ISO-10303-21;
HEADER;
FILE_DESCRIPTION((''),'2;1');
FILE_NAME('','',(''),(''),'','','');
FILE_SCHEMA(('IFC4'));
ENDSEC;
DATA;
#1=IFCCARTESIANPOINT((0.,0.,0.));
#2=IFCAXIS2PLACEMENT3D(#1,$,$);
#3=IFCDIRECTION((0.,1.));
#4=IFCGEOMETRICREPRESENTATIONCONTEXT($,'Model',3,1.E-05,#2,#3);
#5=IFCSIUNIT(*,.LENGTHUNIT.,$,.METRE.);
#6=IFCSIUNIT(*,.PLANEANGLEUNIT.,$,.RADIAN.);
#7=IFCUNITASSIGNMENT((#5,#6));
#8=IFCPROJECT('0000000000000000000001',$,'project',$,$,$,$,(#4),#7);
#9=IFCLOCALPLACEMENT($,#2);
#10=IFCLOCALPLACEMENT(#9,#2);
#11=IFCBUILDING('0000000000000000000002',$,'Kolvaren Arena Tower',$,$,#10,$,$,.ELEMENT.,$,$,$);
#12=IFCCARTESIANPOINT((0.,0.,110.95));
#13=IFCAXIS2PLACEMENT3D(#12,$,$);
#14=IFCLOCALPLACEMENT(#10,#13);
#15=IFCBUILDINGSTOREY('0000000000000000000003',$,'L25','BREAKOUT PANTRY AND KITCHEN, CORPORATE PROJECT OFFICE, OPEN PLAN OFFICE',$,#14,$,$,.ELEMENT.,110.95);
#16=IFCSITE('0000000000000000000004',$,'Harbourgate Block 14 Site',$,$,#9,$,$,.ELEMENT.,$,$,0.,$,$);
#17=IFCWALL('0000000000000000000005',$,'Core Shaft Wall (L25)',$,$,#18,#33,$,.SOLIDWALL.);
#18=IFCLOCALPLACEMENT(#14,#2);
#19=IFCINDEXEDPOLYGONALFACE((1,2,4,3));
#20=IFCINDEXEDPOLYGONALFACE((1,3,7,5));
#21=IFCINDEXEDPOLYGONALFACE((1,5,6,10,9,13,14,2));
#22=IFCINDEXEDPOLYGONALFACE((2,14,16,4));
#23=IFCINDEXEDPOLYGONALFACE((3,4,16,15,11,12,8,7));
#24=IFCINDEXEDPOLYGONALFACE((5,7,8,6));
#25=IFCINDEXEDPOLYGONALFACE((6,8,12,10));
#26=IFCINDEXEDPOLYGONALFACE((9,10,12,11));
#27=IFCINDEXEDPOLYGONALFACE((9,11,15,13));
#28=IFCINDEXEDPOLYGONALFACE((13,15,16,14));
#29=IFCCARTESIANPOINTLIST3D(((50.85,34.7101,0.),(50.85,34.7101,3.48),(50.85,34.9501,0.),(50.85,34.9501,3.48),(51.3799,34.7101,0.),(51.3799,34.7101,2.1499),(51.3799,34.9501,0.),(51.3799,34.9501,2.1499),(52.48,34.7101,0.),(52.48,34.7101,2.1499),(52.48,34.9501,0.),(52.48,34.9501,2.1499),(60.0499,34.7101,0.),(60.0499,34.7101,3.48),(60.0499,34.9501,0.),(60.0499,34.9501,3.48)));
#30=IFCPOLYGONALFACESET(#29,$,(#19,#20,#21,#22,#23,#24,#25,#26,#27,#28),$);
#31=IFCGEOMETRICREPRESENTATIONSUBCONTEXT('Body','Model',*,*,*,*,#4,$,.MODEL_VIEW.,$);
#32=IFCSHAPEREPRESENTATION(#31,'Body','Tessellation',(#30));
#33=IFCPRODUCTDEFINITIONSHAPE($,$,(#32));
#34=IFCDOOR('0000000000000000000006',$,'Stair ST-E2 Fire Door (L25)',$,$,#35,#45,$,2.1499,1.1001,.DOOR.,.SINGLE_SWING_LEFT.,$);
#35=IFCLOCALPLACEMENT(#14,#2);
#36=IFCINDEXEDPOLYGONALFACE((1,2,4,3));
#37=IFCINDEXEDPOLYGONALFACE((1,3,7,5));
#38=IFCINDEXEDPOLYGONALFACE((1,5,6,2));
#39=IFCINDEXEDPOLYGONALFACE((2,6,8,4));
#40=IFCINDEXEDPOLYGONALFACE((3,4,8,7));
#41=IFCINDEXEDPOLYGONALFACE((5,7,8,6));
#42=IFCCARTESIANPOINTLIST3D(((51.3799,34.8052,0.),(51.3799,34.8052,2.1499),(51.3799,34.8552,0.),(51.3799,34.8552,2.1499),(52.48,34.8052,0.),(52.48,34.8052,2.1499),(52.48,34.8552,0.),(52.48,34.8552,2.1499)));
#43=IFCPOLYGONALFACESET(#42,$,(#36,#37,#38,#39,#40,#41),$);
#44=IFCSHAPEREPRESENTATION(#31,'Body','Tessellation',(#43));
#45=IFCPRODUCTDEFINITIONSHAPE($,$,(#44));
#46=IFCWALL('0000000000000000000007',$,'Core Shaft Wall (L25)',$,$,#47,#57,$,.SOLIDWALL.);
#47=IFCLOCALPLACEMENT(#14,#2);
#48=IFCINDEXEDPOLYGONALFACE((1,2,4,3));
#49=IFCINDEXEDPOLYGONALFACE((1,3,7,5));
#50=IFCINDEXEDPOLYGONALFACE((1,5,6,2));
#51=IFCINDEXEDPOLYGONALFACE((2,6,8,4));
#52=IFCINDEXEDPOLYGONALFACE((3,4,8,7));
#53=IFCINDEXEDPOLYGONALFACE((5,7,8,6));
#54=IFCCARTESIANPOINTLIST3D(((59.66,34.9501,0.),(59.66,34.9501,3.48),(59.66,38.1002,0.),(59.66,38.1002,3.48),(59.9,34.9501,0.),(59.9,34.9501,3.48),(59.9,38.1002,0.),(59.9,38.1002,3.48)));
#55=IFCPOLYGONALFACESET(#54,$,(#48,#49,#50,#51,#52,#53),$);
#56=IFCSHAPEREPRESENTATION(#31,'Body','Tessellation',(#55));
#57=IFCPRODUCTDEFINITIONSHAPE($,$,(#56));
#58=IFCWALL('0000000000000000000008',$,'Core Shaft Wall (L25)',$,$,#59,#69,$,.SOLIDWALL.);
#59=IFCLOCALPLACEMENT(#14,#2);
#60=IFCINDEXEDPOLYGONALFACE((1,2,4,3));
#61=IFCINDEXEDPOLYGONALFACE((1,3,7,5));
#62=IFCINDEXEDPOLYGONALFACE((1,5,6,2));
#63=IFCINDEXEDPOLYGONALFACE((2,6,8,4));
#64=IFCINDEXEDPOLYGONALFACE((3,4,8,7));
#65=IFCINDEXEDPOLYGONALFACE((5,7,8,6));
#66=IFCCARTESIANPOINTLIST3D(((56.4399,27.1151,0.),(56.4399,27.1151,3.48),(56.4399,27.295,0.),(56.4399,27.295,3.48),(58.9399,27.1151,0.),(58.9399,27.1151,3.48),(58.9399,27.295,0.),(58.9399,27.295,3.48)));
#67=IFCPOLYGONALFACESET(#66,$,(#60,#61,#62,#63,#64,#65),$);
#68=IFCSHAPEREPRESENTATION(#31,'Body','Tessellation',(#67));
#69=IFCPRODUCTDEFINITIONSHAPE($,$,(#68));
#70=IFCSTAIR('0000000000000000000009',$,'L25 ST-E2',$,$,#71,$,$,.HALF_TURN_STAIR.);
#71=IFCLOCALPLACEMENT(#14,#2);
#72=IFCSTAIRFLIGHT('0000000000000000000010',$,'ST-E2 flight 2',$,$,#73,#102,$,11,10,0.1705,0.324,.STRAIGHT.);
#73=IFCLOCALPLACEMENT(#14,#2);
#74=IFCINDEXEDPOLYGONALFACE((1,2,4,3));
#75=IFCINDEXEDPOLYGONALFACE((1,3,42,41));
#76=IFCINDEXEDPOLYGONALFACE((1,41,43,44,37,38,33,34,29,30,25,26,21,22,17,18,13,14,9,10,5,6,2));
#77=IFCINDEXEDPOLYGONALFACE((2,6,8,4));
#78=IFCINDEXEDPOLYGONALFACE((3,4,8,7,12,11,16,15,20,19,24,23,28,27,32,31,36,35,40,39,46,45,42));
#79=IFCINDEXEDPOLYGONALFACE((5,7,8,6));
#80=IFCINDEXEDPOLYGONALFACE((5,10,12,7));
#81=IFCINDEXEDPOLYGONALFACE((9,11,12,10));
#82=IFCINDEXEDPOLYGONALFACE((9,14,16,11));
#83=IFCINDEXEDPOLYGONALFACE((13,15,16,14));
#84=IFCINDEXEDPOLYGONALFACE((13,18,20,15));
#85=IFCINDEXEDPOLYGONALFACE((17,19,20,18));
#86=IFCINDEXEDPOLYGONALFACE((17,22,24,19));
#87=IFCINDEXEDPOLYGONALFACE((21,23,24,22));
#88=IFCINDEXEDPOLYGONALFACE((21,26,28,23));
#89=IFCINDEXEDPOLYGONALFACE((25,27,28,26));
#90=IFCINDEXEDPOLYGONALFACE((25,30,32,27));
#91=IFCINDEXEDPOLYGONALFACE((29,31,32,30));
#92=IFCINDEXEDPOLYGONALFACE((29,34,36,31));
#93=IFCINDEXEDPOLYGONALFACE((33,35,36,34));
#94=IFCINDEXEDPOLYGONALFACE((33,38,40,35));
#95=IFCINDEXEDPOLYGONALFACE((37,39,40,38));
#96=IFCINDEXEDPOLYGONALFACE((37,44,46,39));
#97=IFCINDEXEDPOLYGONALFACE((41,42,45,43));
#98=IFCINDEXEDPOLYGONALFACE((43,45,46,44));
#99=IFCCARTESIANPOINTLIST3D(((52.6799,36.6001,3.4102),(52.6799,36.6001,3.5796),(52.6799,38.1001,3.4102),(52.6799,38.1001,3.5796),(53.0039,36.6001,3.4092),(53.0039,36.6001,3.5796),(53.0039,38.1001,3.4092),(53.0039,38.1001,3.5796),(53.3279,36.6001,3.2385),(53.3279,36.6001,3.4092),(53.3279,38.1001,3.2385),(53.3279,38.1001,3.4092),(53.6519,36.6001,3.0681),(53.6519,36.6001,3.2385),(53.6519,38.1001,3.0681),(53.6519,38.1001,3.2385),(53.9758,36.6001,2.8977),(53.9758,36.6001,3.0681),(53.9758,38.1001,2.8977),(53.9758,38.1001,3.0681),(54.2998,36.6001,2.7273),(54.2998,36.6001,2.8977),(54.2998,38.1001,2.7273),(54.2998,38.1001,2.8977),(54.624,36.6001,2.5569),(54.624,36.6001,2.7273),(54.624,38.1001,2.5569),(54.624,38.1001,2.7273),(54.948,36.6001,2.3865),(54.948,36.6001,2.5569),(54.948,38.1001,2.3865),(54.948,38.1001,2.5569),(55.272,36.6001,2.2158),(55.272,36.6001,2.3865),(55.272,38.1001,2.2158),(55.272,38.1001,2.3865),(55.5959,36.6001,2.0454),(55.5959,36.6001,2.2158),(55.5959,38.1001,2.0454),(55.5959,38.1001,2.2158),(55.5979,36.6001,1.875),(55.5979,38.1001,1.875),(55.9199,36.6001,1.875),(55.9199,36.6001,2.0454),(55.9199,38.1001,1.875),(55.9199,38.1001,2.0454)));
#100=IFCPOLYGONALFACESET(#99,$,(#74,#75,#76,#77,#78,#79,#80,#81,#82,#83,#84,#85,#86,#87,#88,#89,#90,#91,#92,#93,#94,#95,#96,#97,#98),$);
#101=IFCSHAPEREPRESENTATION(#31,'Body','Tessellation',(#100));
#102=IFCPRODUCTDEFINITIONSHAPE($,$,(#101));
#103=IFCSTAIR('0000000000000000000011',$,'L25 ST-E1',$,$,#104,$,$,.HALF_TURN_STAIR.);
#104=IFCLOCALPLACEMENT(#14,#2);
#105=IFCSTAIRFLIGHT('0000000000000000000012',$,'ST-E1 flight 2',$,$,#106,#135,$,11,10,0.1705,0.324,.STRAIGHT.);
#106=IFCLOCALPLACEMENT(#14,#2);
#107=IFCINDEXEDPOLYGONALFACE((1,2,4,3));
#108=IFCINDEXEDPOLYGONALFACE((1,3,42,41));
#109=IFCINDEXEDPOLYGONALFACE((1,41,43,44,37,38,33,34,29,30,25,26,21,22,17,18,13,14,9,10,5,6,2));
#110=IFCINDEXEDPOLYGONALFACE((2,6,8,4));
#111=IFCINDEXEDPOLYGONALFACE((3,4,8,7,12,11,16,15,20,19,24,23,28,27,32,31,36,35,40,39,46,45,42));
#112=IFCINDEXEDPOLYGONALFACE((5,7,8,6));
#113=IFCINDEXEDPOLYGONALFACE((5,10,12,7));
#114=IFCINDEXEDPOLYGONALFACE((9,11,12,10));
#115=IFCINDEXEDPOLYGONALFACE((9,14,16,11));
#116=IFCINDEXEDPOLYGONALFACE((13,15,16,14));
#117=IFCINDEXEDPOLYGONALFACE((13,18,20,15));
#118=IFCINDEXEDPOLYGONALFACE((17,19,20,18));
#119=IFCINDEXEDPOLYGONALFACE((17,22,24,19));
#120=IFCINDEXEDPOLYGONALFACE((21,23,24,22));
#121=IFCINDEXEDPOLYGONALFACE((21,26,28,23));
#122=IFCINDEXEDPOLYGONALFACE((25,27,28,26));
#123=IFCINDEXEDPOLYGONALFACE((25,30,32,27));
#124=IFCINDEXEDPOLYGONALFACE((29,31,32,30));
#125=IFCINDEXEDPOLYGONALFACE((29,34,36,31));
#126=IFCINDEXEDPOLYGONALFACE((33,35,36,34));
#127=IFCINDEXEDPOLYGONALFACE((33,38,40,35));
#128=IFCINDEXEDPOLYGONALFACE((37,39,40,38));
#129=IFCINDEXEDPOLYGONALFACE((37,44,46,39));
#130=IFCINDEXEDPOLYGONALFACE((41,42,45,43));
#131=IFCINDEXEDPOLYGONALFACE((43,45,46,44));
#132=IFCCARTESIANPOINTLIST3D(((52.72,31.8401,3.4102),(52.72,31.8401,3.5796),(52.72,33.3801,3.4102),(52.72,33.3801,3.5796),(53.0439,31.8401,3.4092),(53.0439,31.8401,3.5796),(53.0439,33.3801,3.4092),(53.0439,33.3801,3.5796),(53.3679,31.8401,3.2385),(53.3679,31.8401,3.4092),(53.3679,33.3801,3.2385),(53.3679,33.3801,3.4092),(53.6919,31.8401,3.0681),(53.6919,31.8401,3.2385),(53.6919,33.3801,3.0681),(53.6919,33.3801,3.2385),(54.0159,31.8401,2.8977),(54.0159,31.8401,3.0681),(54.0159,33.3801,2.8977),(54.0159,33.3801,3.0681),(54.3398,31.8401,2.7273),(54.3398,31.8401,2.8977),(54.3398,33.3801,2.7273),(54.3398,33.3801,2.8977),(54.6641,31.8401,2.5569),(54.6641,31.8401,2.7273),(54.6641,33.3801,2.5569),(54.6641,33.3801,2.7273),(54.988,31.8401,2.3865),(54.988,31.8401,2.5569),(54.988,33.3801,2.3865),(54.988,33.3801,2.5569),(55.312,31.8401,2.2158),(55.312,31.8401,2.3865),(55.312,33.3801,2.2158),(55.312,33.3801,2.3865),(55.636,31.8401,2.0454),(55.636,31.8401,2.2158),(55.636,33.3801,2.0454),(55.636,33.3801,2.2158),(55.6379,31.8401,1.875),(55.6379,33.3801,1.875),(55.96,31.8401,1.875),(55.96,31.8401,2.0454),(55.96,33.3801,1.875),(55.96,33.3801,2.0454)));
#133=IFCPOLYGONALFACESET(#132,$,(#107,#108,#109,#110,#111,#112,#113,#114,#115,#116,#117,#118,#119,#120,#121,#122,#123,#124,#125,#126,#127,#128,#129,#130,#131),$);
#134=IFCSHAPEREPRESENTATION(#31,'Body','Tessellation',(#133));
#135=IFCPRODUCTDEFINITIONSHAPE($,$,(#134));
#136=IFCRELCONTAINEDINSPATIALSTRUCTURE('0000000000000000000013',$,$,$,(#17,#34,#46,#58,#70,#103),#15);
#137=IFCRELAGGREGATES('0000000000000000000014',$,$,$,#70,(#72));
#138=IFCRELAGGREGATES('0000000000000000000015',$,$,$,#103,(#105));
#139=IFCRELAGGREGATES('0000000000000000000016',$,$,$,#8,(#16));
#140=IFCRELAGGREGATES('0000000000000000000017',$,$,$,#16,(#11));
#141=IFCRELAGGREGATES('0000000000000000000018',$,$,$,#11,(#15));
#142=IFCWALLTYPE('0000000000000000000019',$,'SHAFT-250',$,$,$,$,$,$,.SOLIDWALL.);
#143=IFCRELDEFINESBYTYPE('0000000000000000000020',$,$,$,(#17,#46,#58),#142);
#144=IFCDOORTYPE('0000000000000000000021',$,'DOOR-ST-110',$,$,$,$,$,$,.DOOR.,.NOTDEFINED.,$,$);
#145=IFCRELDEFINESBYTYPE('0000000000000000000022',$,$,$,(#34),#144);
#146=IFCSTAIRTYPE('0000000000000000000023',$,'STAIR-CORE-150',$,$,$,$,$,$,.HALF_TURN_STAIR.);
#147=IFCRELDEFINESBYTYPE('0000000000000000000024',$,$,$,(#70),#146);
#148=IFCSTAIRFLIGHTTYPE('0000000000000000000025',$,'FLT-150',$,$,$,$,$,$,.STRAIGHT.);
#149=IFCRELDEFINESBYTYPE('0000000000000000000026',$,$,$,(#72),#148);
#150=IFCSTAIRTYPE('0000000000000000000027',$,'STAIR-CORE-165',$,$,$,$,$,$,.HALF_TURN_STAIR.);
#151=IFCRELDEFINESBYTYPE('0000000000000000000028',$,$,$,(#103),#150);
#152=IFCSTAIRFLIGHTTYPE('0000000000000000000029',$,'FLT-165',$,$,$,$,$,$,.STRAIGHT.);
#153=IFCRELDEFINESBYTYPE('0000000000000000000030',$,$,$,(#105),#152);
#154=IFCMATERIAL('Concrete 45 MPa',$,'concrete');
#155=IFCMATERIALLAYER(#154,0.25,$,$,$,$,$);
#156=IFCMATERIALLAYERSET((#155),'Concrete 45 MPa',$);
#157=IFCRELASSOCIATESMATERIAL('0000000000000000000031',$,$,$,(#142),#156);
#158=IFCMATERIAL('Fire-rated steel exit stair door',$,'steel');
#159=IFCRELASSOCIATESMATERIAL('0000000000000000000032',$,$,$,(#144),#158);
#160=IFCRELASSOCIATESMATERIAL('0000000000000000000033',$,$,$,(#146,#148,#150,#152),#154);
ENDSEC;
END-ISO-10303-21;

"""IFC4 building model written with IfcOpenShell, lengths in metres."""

from ifc_helpers import new_model, si_unit, direction, frame, frame_2d, origin, place, context, subcontext, project, spatial, polyline, rectangle, outline, extrude, material, layer, layer_set, type_object, element, fill, aggregate, save


model = new_model("IFC4")

# Units and contexts
model_context = context("Model", 3, precision=1e-05, world=origin(), true_north=direction((0.0, 1.0)))
body_context = subcontext(model_context, "Body", "Model", "MODEL_VIEW")
ifc_project = project(units=[si_unit("LENGTHUNIT", "METRE"), si_unit("PLANEANGLEUNIT", "RADIAN")], contexts=[model_context])

# Site, building, storey
site_placement = place(None, origin())
site = spatial("IfcSite", under=ifc_project, at=site_placement, Name="Harbourgate Block 14 Site", CompositionType="ELEMENT", RefElevation=0.0)
building_placement = place(site_placement, origin())
building = spatial("IfcBuilding", under=site, at=building_placement, Name="Kolvaren Arena Tower", CompositionType="ELEMENT")
storey_placement = place(building_placement, frame((0.0, 0.0, 110.95)))
storey = spatial("IfcBuildingStorey", under=building, at=storey_placement, Name="L25", Description="BREAKOUT PANTRY AND KITCHEN, CORPORATE PROJECT OFFICE, OPEN PLAN OFFICE", CompositionType="ELEMENT", Elevation=110.95)

# Shared definitions
ifc_material_1 = material(Name="Concrete 45 MPa", Category="concrete")
ifc_layer = layer(ifc_material_1, 0.25)
ifc_layer_set = layer_set([ifc_layer], Name="Concrete 45 MPa")
wall_type = type_object("IfcWallType", Name="SHAFT-250", PredefinedType="SOLIDWALL", material=ifc_layer_set)
ifc_material_2 = material(Name="Fire-rated steel exit stair door", Category="steel")
door_type = type_object("IfcDoorType", Name="DOOR-ST-110", OperationType="NOTDEFINED", PredefinedType="DOOR", material=ifc_material_2)

# Wall, opening, door
wall_1_placement = place(storey_placement, frame((60.05, 34.8301, 0.0), z_axis=(0.0, 0.0, 1.0), x_axis=(-1.0, 0.0, 0.0)))
wall_1 = element("IfcWall", 1, at=wall_1_placement, inside=storey, type_object=wall_type, Name="Core Shaft Wall (L25)", PredefinedType="SOLIDWALL", context=body_context, shape_type="SweptSolid", body=[
    extrude(rectangle(XDim=9.2, YDim=0.24, at=frame_2d((4.6001, 0.0))), origin(), (0.0, 0.0, 1.0), 3.48),
])
opening_1_placement = place(wall_1_placement, frame((7.5701, 0.0, 0.0)))
opening_1 = element("IfcOpeningElement", 2, at=opening_1_placement, cuts=wall_1, PredefinedType="OPENING", context=body_context, shape_type="SweptSolid", body=[
    extrude(rectangle(XDim=1.1001, YDim=2.1499, at=frame_2d((0.55, 1.075))), frame((0.0, 0.1299, 0.0), z_axis=(0.0, -1.0, 0.0), x_axis=(1.0, 0.0, 0.0)), (0.0, 0.0, 1.0), 0.26),
])
door_1_placement = place(opening_1_placement, origin())
door_1 = element("IfcDoor", 3, at=door_1_placement, inside=storey, type_object=door_type, Name="Stair ST-E2 Fire Door (L25)", OperationType="SINGLE_SWING_LEFT", OverallHeight=2.1499, OverallWidth=1.1001, PredefinedType="DOOR", context=body_context, shape_type="SweptSolid", body=[
    extrude(rectangle(XDim=1.1001, YDim=2.1499, at=frame_2d((0.55, 1.075))), frame((0.0, 0.0249, 0.0), z_axis=(0.0, -1.0, 0.0), x_axis=(1.0, 0.0, 0.0)), (0.0, 0.0, 1.0), 0.05),
])
fill(opening_1, door_1)

# Walls
wall_2_placement = place(storey_placement, frame((59.78, 34.95, 0.0), z_axis=(0.0, 0.0, 1.0), x_axis=(0.0, 1.0, 0.0)))
element("IfcWall", 4, at=wall_2_placement, inside=storey, type_object=wall_type, Name="Core Shaft Wall (L25)", PredefinedType="SOLIDWALL", context=body_context, shape_type="SweptSolid", body=[
    extrude(rectangle(XDim=3.1501, YDim=0.24, at=frame_2d((1.5752, 0.0))), origin(), (0.0, 0.0, 1.0), 3.48),
])
wall_3_placement = place(storey_placement, frame((56.4399, 27.2051, 0.0), z_axis=(0.0, 0.0, 1.0), x_axis=(1.0, 0.0, 0.0)))
element("IfcWall", 5, at=wall_3_placement, inside=storey, type_object=wall_type, Name="Core Shaft Wall (L25)", PredefinedType="SOLIDWALL", context=body_context, shape_type="SweptSolid", body=[
    extrude(rectangle(XDim=2.5, YDim=0.1799, at=frame_2d((1.25, 0.0))), origin(), (0.0, 0.0, 1.0), 3.48),
])

# Stairs, stair flights
stair_type_1 = type_object("IfcStairType", Name="STAIR-CORE-150", PredefinedType="HALF_TURN_STAIR", material=ifc_material_1)
stair_1_placement = place(storey_placement, origin())
stair_1 = element("IfcStair", 6, at=stair_1_placement, inside=storey, type_object=stair_type_1, Name="L25 ST-E2", PredefinedType="HALF_TURN_STAIR")
stair_flight_type_1 = type_object("IfcStairFlightType", Name="FLT-150", PredefinedType="STRAIGHT", material=ifc_material_1)
stair_flight_1_placement = place(storey_placement, frame((55.9199, 37.3501, 1.875), z_axis=(0.0, 0.0, 1.0), x_axis=(-1.0, 0.0, 0.0)))
stair_flight_1 = element("IfcStairFlight", 7, at=stair_flight_1_placement, type_object=stair_flight_type_1, Name="ST-E2 flight 2", NumberOfRisers=11, NumberOfTreads=10, PredefinedType="STRAIGHT", RiserHeight=0.1705, TreadLength=0.324, context=body_context, shape_type="SweptSolid", body=[
    extrude(outline(polyline([(0.0, 0.0), (0.0, 0.1704), (0.324, 0.1704), (0.324, 0.3408), (0.6479, 0.3408), (0.6479, 0.5115), (0.9719, 0.5115), (0.9719, 0.6819), (1.2959, 0.6819), (1.2959, 0.8523), (1.6201, 0.8523), (1.6201, 1.0227), (1.9441, 1.0227), (1.9441, 1.1931), (2.2681, 1.1931), (2.2681, 1.3635), (2.592, 1.3635), (2.592, 1.5342), (2.916, 1.5342), (2.916, 1.7046), (3.24, 1.7046), (3.24, 1.875), (3.24, 1.5352), (0.322, 0.0), (0.0, 0.0)])), frame((0.0, 0.75, 0.0), z_axis=(0.0, -1.0, 0.0), x_axis=(1.0, 0.0, 0.0)), (0.0, 0.0, 1.0), 1.5),
])
aggregate(stair_1, [stair_flight_1])
stair_type_2 = type_object("IfcStairType", Name="STAIR-CORE-165", PredefinedType="HALF_TURN_STAIR", material=ifc_material_1)
stair_2_placement = place(storey_placement, origin())
stair_2 = element("IfcStair", 8, at=stair_2_placement, inside=storey, type_object=stair_type_2, Name="L25 ST-E1", PredefinedType="HALF_TURN_STAIR")
stair_flight_type_2 = type_object("IfcStairFlightType", Name="FLT-165", PredefinedType="STRAIGHT", material=ifc_material_1)
stair_flight_2_placement = place(storey_placement, frame((55.96, 32.6101, 1.875), z_axis=(0.0, 0.0, 1.0), x_axis=(-1.0, 0.0, 0.0)))
stair_flight_2 = element("IfcStairFlight", 9, at=stair_flight_2_placement, type_object=stair_flight_type_2, Name="ST-E1 flight 2", NumberOfRisers=11, NumberOfTreads=10, PredefinedType="STRAIGHT", RiserHeight=0.1705, TreadLength=0.324, context=body_context, shape_type="SweptSolid", body=[
    extrude(outline(polyline([(0.0, 0.0), (0.0, 0.1704), (0.324, 0.1704), (0.324, 0.3408), (0.6479, 0.3408), (0.6479, 0.5115), (0.9719, 0.5115), (0.9719, 0.6819), (1.2959, 0.6819), (1.2959, 0.8523), (1.6201, 0.8523), (1.6201, 1.0227), (1.9441, 1.0227), (1.9441, 1.1931), (2.2681, 1.1931), (2.2681, 1.3635), (2.592, 1.3635), (2.592, 1.5342), (2.916, 1.5342), (2.916, 1.7046), (3.24, 1.7046), (3.24, 1.875), (3.24, 1.5352), (0.322, 0.0), (0.0, 0.0)])), frame((0.0, 0.77, 0.0), z_axis=(0.0, -1.0, 0.0), x_axis=(1.0, 0.0, 0.0)), (0.0, 0.0, 1.0), 1.54),
])
aggregate(stair_2, [stair_flight_2])

save(model, "model.ifc")
